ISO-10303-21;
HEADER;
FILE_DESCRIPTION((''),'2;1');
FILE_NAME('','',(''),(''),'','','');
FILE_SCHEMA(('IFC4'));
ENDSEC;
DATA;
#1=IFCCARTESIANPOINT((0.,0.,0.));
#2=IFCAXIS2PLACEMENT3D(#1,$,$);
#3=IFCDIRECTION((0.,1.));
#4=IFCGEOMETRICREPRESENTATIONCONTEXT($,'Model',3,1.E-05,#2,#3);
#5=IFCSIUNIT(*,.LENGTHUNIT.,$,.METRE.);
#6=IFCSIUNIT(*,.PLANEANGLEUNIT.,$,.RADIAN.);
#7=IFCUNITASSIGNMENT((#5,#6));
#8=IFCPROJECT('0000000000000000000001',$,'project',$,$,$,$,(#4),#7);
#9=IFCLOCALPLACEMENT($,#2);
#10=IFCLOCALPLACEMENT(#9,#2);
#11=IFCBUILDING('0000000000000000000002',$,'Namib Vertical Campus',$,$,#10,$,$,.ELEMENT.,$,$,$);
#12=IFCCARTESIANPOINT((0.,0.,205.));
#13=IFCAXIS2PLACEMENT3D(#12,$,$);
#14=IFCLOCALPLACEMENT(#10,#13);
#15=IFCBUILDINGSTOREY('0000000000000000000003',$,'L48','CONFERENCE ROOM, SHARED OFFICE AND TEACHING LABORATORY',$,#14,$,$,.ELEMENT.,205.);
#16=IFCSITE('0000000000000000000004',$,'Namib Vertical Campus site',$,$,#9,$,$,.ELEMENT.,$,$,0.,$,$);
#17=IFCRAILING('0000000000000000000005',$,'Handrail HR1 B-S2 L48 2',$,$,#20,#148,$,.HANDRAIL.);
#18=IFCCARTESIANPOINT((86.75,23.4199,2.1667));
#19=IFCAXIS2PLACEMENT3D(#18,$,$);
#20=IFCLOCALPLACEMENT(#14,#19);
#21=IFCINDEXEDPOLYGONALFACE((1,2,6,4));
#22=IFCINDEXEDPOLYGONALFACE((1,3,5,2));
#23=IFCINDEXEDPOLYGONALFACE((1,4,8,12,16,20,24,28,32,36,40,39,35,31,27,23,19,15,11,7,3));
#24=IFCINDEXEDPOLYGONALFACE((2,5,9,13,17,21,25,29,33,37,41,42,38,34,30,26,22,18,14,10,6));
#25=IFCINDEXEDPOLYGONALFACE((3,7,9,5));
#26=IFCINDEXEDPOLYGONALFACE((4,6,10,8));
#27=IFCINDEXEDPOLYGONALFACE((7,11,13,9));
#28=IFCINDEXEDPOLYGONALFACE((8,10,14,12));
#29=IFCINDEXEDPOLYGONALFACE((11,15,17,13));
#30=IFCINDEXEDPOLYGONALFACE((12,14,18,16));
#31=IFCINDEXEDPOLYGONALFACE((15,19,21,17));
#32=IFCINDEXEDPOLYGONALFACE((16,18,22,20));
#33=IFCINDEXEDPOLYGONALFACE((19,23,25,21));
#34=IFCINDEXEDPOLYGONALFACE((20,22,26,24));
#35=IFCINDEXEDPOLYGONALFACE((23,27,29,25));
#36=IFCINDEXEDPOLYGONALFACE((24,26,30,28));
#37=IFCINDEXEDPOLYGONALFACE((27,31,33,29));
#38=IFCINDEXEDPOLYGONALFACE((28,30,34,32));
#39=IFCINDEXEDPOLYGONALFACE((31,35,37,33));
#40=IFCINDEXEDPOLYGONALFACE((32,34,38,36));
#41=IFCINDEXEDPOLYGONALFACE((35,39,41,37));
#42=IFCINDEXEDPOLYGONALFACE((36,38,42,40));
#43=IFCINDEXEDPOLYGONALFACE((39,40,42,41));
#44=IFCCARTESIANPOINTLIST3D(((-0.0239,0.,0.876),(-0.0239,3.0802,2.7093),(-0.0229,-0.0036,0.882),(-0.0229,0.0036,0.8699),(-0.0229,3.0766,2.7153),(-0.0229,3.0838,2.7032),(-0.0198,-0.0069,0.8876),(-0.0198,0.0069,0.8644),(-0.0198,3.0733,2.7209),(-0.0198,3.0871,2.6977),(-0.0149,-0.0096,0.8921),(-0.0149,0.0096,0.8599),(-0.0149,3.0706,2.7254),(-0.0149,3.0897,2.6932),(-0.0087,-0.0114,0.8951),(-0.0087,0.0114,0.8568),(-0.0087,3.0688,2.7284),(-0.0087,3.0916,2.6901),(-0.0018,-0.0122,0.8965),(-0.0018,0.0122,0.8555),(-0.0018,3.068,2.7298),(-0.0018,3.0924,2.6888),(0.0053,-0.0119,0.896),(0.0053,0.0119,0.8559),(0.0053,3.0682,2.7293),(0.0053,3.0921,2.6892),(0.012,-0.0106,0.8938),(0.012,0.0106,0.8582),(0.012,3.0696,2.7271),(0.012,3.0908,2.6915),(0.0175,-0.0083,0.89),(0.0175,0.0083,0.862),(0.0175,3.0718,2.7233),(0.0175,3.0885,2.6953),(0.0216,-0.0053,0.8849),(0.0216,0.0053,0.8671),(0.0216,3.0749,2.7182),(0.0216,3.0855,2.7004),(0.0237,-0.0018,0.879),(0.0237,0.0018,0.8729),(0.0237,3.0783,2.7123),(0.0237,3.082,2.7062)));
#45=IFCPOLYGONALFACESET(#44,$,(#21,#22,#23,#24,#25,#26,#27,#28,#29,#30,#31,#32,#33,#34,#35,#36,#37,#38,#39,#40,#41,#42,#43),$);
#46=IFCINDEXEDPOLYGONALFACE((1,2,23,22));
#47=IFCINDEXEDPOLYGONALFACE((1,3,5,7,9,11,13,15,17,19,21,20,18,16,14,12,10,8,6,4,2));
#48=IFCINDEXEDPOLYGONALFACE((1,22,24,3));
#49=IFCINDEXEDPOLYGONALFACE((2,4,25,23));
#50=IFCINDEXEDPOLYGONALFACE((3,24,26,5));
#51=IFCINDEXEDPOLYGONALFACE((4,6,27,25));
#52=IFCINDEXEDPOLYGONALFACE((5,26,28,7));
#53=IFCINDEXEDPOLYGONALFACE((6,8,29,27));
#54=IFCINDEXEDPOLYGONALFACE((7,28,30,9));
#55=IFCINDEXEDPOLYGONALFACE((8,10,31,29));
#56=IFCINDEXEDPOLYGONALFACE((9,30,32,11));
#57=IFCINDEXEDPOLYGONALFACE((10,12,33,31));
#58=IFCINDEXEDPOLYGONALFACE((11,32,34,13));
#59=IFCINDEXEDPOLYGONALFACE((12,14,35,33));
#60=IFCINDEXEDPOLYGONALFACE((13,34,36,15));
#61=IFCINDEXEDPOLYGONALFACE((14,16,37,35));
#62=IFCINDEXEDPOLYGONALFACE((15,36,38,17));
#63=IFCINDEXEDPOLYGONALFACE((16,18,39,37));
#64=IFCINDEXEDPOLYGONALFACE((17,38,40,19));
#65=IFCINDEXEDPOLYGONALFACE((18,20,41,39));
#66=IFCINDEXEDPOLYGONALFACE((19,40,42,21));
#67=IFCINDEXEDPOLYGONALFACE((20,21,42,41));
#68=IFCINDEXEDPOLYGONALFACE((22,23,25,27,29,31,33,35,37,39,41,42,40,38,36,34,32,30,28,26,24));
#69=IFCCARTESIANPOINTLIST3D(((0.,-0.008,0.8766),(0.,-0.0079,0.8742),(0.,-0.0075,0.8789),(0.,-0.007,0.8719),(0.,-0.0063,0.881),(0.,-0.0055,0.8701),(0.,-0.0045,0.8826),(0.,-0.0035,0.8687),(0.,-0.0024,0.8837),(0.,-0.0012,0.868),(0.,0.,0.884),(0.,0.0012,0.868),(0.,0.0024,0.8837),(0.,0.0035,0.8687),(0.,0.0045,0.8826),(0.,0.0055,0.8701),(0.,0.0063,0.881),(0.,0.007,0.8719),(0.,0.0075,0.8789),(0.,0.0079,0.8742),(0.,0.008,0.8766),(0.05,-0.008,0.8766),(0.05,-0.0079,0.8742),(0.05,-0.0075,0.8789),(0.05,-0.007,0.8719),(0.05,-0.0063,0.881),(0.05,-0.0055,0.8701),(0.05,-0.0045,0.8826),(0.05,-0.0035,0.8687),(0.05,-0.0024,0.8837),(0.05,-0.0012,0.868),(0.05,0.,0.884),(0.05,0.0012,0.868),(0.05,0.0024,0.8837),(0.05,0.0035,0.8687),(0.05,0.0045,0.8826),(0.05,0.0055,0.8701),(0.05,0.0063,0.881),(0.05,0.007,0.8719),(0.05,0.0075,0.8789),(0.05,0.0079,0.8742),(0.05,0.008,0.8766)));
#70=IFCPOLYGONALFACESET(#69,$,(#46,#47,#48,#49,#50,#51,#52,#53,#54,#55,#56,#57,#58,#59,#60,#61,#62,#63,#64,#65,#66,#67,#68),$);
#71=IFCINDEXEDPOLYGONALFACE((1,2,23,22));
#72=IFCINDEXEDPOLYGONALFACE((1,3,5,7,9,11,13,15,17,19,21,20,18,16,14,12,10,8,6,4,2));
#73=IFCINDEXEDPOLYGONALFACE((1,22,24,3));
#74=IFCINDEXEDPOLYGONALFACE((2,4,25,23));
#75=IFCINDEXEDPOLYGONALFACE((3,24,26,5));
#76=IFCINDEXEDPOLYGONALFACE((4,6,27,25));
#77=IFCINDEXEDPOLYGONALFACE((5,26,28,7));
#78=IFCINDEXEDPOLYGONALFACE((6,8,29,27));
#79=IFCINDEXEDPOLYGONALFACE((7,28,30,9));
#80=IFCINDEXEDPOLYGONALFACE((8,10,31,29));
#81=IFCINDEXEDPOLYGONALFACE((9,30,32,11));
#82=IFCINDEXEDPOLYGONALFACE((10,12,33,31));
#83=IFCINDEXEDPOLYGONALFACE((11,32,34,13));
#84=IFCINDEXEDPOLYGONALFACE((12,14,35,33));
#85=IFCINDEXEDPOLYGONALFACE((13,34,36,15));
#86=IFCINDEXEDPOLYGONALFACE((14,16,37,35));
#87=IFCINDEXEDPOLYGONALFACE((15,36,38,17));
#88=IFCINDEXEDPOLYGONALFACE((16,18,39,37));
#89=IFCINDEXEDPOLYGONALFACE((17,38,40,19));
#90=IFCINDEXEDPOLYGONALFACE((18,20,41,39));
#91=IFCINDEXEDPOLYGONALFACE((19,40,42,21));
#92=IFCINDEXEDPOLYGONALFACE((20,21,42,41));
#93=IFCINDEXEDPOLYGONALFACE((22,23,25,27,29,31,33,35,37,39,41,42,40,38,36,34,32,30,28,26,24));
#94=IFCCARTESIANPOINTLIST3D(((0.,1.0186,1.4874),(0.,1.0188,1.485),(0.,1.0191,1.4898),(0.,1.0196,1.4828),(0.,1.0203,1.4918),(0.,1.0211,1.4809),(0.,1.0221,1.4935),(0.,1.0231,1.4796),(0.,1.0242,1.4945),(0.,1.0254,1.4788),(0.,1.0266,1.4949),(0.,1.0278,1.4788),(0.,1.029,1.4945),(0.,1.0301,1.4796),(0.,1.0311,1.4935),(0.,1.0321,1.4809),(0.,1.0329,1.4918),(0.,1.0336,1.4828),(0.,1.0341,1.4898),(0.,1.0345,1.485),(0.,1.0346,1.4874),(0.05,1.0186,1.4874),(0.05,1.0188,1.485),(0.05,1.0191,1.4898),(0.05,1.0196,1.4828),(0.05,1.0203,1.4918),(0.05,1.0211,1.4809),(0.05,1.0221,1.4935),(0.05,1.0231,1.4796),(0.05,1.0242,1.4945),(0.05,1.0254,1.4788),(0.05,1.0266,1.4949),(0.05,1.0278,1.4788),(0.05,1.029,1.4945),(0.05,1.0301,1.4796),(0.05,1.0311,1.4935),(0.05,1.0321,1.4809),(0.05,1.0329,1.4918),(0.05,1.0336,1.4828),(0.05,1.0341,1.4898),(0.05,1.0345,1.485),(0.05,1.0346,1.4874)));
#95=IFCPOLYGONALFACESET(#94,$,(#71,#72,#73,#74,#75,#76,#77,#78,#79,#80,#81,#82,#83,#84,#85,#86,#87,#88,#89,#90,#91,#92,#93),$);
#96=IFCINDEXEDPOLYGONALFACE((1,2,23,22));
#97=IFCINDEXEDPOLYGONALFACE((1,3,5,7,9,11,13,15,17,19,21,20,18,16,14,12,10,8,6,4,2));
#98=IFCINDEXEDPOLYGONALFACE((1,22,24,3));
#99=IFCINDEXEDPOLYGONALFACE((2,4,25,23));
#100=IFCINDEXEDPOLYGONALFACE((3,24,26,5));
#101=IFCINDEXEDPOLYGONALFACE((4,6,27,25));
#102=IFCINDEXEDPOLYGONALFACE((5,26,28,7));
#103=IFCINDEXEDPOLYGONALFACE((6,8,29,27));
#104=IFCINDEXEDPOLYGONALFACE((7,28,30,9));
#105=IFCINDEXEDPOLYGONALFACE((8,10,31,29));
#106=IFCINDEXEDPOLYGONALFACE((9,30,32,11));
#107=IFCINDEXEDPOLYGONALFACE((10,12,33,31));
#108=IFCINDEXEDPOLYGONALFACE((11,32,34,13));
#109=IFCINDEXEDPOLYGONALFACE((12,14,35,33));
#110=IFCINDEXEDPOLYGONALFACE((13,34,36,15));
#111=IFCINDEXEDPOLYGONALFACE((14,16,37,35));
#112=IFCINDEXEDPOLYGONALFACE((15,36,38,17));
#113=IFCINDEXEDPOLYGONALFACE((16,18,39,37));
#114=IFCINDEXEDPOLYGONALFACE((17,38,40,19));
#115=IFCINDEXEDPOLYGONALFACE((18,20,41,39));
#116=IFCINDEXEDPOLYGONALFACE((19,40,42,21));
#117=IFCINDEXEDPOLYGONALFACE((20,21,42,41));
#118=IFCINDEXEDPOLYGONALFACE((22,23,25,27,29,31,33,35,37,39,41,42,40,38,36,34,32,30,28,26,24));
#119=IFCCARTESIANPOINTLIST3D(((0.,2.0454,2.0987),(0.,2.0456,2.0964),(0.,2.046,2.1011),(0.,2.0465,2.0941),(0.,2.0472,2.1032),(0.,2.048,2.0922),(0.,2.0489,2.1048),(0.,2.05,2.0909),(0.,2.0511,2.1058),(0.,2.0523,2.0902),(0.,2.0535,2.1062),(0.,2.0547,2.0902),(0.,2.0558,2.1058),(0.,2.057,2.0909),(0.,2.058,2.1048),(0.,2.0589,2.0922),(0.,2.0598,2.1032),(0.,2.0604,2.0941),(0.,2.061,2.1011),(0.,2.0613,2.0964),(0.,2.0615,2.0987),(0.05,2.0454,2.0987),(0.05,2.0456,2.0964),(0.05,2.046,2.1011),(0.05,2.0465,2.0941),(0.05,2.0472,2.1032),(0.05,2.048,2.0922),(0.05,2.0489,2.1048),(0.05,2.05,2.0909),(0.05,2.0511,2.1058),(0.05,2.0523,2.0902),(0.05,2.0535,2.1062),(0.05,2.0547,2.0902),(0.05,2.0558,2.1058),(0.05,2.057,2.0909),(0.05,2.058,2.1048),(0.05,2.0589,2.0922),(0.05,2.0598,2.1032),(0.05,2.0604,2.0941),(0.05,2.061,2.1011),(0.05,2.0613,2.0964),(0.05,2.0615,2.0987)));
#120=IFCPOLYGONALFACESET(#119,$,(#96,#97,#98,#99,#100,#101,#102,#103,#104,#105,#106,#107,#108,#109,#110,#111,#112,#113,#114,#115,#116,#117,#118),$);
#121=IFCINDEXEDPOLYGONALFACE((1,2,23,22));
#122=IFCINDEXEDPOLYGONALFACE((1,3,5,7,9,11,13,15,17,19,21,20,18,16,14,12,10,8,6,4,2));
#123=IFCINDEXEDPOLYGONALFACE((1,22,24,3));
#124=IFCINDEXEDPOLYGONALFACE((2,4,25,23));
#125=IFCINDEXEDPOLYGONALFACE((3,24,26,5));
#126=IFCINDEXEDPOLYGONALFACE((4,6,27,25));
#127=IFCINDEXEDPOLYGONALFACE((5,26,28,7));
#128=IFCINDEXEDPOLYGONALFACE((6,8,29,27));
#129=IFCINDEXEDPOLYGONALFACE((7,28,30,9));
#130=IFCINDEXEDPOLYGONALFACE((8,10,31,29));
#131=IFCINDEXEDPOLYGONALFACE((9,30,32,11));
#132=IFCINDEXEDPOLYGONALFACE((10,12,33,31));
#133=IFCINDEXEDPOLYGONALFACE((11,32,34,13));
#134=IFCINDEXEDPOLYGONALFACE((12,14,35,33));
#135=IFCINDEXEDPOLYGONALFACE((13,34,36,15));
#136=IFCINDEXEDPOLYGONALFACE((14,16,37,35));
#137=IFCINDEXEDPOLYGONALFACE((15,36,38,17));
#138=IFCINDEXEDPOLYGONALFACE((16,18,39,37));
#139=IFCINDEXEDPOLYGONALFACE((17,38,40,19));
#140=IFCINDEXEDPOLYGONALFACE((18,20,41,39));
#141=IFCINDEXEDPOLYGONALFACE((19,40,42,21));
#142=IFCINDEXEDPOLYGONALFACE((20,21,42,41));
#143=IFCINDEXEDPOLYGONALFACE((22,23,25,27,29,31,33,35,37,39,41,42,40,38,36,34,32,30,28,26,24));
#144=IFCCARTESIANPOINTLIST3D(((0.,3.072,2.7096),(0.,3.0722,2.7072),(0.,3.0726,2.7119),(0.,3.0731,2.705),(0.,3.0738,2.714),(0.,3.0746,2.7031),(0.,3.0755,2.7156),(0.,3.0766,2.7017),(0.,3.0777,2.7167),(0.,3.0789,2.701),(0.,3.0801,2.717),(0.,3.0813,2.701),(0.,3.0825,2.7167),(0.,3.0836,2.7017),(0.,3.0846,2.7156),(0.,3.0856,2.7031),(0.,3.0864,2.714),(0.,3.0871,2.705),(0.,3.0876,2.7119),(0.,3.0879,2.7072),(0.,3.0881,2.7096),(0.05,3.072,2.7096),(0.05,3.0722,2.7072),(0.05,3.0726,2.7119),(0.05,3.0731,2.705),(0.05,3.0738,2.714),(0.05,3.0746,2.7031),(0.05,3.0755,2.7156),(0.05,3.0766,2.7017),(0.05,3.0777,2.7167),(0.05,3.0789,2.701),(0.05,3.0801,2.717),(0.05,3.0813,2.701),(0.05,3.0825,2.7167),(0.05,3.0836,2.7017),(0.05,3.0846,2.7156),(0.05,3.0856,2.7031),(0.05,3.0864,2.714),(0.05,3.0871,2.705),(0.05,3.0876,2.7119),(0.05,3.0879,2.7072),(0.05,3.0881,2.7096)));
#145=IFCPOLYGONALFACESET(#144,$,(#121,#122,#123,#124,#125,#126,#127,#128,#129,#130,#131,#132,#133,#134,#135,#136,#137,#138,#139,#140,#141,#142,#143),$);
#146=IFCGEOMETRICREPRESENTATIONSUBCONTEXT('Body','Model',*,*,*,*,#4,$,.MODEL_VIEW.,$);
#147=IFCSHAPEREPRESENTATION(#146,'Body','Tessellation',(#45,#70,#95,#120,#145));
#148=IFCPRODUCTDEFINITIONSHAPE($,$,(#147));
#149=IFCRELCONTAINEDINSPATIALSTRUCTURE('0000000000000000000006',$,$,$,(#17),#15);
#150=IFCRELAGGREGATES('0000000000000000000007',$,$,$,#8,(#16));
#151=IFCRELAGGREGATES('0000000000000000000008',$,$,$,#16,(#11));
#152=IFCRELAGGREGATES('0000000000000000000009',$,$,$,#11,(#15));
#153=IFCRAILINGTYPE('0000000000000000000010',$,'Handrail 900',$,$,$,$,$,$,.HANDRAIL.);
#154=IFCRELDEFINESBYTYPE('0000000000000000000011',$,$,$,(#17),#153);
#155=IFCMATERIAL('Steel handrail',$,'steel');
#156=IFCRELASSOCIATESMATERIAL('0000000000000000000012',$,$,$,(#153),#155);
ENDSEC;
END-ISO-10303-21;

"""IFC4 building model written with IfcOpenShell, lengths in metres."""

from ifc_helpers import new_model, si_unit, direction, frame, origin, origin_2d, place, context, subcontext, project, spatial, circle, extrude, material, type_object, element, save


model = new_model("IFC4")

# Units and contexts
model_context = context("Model", 3, precision=1e-05, world=origin(), true_north=direction((0.0, 1.0)))
body_context = subcontext(model_context, "Body", "Model", "MODEL_VIEW")
ifc_project = project(units=[si_unit("LENGTHUNIT", "METRE"), si_unit("PLANEANGLEUNIT", "RADIAN")], contexts=[model_context])

# Site, building, storey
site_placement = place(None, origin())
site = spatial("IfcSite", under=ifc_project, at=site_placement, Name="Namib Vertical Campus site", CompositionType="ELEMENT", RefElevation=0.0)
building_placement = place(site_placement, origin())
building = spatial("IfcBuilding", under=site, at=building_placement, Name="Namib Vertical Campus", CompositionType="ELEMENT")
storey_placement = place(building_placement, frame((0.0, 0.0, 205.0)))
storey = spatial("IfcBuildingStorey", under=building, at=storey_placement, Name="L48", Description="CONFERENCE ROOM, SHARED OFFICE AND TEACHING LABORATORY", CompositionType="ELEMENT", Elevation=205.0)

# Railing
ifc_material_1 = material(Name="Steel handrail", Category="steel")
railing_type = type_object("IfcRailingType", Name="Handrail 900", PredefinedType="HANDRAIL", material=ifc_material_1)
railing_placement = place(storey_placement, frame((86.75, 23.4199, 2.1667)))
element("IfcRailing", 1, at=railing_placement, inside=storey, type_object=railing_type, Name="Handrail HR1 B-S2 L48 2", PredefinedType="HANDRAIL", context=body_context, shape_type="SweptSolid", body=[
    extrude(circle(Radius=0.0239, at=origin_2d()), frame((0.0, 0.0, 0.876), z_axis=(0.0, 0.859309, 0.511458), x_axis=(-1.0, 0.0, 0.0)), (0.0, 0.0, 1.0), 3.5845),
    extrude(circle(Radius=0.0081, at=origin_2d()), frame((0.0, 0.0, 0.876), z_axis=(1.0, 0.0, 0.0), x_axis=(0.0, 0.0, 1.0)), (0.0, 0.0, 1.0), 0.05),
    extrude(circle(Radius=0.0081, at=origin_2d()), frame((0.0, 1.0266, 1.4868), z_axis=(1.0, 0.0, 0.0), x_axis=(0.0, 0.0, 1.0)), (0.0, 0.0, 1.0), 0.05),
    extrude(circle(Radius=0.0081, at=origin_2d()), frame((0.0, 2.0535, 2.0981), z_axis=(1.0, 0.0, 0.0), x_axis=(0.0, 0.0, 1.0)), (0.0, 0.0, 1.0), 0.05),
    extrude(circle(Radius=0.0081, at=origin_2d()), frame((0.0, 3.0801, 2.709), z_axis=(1.0, 0.0, 0.0), x_axis=(0.0, 0.0, 1.0)), (0.0, 0.0, 1.0), 0.05),
])

save(model, "model.ifc")
